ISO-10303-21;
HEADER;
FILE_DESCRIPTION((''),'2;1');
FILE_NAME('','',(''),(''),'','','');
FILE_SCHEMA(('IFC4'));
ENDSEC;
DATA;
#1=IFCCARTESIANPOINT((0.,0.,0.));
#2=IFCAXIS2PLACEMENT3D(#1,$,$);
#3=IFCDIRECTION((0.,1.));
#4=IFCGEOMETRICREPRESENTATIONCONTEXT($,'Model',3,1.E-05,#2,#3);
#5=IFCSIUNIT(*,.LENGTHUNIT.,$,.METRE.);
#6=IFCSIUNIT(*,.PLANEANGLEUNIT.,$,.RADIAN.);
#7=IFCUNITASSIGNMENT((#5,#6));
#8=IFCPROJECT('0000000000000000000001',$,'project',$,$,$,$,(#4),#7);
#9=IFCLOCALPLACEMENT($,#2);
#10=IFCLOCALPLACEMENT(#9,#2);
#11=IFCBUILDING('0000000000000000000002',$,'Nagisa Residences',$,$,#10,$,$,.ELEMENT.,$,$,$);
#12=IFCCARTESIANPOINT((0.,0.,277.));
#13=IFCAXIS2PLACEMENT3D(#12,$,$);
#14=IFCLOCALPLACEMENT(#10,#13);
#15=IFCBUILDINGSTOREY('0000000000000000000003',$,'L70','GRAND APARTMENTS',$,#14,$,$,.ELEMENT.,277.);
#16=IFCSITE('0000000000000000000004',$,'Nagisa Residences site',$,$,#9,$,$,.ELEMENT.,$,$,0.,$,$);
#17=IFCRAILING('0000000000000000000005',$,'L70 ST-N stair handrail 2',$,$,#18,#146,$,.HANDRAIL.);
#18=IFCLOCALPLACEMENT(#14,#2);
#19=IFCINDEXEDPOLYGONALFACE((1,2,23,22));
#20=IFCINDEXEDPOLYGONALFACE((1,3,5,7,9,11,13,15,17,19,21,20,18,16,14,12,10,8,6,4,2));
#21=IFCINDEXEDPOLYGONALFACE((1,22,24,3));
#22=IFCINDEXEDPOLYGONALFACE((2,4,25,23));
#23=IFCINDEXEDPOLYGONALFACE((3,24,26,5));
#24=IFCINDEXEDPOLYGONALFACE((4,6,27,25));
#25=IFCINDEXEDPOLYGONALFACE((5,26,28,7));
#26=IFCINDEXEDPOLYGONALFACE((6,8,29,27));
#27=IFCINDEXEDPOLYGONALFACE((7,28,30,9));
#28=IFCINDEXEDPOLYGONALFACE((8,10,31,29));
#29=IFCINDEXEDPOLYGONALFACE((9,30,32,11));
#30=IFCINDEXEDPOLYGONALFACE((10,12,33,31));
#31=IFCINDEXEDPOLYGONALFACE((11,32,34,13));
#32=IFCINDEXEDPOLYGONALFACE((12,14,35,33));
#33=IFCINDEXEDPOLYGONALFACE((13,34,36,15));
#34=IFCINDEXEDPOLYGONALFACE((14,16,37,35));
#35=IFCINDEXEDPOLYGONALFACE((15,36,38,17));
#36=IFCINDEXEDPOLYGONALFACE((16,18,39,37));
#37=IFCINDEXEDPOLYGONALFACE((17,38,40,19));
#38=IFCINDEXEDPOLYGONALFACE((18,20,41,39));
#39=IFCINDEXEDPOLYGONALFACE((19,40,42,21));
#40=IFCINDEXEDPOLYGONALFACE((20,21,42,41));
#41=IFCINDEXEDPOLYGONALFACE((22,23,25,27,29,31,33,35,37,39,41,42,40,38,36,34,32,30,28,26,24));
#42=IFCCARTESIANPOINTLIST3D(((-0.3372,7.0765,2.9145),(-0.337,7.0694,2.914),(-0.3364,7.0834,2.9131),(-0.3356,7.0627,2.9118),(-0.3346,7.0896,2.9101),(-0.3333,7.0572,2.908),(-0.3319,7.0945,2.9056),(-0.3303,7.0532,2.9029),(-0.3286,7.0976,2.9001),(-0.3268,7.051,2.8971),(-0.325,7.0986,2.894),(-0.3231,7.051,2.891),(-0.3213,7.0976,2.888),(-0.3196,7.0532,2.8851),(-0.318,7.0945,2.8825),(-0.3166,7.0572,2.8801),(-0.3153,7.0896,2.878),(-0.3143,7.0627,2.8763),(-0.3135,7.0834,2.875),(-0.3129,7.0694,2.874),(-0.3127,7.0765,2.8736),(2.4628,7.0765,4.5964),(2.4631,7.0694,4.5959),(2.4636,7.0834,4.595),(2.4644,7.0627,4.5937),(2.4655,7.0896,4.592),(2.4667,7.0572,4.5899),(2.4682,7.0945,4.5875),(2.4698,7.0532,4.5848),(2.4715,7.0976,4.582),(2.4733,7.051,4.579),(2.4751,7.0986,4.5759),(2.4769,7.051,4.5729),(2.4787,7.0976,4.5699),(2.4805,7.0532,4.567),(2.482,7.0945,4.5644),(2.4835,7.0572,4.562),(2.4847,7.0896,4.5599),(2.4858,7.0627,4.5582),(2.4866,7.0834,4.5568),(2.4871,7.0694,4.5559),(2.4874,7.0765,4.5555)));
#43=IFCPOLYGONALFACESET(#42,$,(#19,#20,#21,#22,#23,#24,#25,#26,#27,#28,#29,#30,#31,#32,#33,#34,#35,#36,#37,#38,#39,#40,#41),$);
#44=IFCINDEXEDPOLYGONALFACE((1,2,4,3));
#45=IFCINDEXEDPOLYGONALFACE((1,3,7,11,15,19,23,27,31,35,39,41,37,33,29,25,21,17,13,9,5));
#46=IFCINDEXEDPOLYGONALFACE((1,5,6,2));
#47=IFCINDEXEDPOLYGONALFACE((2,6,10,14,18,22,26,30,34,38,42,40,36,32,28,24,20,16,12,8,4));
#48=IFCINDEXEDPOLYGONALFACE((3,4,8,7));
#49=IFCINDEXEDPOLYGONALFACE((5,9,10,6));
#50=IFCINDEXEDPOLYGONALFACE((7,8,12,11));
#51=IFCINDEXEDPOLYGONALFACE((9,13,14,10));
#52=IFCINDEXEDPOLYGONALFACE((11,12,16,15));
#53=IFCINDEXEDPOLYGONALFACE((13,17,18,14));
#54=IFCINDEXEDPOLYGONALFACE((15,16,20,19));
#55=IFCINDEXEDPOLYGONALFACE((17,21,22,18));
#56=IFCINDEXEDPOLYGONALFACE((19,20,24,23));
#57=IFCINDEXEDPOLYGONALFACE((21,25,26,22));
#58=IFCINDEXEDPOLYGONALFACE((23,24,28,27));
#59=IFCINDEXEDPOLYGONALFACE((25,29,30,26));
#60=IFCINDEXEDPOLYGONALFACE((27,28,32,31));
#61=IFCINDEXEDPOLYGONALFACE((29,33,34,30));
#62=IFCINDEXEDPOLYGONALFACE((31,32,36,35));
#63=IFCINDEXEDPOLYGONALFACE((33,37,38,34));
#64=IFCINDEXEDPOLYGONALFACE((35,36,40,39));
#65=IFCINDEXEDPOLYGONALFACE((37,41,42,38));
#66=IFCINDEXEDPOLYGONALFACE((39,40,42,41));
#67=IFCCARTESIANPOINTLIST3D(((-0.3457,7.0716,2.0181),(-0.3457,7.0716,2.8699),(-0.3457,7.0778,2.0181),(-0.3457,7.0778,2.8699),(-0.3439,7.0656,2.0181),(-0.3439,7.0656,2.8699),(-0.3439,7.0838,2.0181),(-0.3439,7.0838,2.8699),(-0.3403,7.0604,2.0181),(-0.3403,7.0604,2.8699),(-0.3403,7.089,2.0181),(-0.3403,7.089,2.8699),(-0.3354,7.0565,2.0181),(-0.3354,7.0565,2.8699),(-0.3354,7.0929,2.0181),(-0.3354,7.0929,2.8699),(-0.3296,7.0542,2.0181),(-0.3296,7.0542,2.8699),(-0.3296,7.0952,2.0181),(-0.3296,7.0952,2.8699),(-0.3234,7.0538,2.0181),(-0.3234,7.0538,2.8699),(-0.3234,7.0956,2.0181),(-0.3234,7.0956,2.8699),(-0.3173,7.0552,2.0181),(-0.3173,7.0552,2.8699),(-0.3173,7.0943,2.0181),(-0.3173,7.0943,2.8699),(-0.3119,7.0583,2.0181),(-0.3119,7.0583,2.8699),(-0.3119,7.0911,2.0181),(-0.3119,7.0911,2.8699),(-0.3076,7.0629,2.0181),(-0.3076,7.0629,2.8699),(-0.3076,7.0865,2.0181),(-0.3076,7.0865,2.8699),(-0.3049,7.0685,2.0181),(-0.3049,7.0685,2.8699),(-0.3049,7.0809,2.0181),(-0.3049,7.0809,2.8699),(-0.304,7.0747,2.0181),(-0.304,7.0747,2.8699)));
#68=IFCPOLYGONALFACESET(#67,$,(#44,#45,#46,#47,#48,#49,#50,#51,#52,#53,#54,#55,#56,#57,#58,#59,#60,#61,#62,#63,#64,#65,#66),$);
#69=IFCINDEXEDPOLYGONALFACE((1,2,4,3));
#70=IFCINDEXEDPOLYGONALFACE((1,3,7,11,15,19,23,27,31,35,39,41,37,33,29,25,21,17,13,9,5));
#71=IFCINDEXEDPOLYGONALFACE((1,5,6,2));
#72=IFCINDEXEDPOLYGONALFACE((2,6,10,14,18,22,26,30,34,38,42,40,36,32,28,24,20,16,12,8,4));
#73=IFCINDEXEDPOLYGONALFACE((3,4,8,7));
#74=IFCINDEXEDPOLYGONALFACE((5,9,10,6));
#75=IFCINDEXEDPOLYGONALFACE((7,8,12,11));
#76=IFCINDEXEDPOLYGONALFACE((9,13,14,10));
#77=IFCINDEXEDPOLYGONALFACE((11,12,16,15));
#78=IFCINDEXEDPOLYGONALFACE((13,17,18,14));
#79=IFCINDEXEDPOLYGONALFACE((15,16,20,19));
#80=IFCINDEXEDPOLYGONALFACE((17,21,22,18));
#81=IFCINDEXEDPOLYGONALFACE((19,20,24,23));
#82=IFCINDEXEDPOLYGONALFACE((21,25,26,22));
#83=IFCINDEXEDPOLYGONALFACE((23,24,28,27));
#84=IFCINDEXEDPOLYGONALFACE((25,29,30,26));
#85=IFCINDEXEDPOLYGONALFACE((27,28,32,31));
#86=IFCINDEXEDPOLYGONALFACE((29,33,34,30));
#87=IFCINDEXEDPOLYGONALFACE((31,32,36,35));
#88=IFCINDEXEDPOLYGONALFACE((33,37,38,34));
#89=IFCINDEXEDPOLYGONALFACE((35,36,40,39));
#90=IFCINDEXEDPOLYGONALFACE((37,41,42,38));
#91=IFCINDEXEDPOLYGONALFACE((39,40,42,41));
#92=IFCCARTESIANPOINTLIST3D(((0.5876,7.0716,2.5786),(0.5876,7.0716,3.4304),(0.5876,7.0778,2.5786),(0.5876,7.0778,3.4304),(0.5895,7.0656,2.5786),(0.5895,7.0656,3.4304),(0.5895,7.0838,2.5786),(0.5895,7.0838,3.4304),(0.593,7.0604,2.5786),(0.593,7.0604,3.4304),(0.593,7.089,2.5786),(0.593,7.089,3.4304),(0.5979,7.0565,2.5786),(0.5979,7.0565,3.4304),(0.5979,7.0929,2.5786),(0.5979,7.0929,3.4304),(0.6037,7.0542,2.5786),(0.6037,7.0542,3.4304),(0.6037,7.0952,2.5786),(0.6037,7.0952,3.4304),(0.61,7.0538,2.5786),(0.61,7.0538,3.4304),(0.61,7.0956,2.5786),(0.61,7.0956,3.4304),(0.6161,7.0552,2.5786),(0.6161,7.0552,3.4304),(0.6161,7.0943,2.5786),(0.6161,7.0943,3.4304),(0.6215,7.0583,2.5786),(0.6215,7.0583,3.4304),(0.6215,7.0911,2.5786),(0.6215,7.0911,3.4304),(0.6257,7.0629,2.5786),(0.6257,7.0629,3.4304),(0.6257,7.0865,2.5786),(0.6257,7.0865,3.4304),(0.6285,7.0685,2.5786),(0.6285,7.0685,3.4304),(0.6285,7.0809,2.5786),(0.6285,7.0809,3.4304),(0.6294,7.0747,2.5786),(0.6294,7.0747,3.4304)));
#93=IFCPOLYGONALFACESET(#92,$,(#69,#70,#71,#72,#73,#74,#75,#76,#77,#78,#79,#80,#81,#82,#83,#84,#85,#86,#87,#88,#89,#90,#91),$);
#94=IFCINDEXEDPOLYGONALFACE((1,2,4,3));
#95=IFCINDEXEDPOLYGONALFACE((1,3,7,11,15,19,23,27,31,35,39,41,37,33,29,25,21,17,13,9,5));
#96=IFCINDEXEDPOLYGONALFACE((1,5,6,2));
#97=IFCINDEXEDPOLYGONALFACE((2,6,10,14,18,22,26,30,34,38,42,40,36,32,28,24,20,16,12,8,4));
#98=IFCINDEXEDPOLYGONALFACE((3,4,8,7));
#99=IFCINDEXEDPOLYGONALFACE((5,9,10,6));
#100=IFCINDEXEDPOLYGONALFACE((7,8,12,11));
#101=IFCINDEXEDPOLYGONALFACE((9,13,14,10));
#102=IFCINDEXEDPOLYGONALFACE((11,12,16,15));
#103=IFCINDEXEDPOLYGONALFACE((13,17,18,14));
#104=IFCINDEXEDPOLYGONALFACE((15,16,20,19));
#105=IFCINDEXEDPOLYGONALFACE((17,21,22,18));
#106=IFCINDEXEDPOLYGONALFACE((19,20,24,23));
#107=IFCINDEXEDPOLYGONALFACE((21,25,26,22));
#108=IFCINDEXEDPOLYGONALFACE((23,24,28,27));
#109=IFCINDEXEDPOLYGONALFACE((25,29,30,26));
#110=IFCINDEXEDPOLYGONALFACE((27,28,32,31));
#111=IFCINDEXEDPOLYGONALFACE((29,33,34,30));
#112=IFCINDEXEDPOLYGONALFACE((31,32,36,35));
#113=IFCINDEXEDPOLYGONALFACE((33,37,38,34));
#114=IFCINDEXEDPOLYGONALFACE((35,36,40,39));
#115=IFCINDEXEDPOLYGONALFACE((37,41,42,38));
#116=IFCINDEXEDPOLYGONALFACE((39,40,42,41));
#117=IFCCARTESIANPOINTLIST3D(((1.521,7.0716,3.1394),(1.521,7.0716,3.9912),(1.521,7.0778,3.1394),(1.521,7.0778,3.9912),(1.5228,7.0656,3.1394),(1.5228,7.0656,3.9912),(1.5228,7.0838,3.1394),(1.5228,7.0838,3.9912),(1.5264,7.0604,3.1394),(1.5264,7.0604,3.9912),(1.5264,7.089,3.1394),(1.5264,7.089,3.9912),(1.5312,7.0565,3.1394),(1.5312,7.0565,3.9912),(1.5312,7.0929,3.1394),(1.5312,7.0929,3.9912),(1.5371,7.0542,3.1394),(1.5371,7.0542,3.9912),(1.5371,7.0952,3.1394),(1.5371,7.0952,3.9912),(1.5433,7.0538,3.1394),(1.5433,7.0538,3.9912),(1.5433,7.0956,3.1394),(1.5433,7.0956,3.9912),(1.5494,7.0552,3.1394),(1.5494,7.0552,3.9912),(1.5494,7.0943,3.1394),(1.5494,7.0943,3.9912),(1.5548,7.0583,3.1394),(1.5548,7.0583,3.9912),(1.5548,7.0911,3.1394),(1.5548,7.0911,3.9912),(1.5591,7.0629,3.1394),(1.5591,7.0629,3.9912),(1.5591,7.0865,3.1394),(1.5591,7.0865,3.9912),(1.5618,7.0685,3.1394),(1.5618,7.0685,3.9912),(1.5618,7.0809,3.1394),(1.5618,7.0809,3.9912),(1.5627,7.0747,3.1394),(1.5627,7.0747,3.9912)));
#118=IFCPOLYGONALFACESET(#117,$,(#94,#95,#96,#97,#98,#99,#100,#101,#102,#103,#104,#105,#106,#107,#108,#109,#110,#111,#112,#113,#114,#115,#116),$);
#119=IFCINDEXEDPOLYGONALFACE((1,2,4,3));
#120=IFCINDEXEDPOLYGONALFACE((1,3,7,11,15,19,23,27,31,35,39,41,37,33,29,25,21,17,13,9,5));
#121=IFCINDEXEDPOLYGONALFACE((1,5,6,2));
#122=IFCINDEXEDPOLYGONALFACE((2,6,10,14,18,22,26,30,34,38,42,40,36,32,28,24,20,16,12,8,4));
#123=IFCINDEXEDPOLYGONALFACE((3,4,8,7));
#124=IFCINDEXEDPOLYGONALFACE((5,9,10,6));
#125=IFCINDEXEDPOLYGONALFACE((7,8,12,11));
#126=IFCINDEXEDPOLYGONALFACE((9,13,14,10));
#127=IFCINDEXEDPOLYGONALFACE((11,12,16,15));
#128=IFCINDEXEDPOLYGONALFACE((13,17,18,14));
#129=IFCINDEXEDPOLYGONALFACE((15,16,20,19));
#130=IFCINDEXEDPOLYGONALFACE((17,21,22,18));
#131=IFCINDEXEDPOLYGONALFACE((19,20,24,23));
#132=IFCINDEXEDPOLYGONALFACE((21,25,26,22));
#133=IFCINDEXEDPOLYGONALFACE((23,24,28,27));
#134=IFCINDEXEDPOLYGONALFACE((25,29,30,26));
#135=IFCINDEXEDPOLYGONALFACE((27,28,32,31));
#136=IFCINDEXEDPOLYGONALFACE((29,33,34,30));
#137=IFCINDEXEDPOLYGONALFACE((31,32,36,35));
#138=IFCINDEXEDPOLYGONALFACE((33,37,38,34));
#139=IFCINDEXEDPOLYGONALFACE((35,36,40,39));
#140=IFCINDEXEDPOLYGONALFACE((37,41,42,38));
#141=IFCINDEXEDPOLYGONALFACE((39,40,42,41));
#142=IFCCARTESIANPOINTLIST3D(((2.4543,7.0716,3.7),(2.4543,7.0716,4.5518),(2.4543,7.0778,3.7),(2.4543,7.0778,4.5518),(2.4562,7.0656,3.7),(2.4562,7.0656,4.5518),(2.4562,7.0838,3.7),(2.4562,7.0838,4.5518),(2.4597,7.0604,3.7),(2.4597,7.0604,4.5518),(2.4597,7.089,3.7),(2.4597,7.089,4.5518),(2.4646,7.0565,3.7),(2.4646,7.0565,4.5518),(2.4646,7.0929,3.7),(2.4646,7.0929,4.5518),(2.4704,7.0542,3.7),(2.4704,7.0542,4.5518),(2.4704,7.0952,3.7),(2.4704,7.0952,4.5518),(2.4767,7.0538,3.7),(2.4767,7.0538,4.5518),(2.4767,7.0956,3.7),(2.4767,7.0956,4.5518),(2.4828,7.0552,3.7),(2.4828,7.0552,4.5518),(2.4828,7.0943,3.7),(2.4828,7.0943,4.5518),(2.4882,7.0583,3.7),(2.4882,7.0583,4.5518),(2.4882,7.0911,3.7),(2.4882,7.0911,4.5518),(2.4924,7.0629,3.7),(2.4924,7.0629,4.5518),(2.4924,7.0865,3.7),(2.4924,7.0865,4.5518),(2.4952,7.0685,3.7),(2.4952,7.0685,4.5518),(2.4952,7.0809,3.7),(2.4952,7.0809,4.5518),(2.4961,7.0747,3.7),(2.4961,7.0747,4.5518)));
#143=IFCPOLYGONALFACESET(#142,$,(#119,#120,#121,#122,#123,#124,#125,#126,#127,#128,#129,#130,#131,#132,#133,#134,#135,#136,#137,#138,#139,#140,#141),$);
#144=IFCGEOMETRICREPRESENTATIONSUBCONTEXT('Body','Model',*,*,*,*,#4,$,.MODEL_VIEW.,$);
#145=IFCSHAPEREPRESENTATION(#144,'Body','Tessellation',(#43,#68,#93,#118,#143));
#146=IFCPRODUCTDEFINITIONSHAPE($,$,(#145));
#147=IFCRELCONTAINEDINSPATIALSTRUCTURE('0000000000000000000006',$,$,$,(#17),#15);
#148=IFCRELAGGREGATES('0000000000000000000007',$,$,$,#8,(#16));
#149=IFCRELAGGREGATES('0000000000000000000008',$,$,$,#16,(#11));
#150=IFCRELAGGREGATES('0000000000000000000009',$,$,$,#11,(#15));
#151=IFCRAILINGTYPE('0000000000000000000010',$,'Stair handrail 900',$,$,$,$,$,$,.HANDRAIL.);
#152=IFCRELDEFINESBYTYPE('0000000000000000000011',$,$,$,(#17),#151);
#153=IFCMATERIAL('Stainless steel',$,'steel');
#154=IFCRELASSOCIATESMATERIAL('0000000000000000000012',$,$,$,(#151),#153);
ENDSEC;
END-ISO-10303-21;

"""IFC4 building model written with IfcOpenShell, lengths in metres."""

from ifc_helpers import new_model, si_unit, direction, frame, origin, origin_2d, place, context, subcontext, project, spatial, circle, extrude, material, type_object, element, save


model = new_model("IFC4")

# Units and contexts
model_context = context("Model", 3, precision=1e-05, world=origin(), true_north=direction((0.0, 1.0)))
body_context = subcontext(model_context, "Body", "Model", "MODEL_VIEW")
ifc_project = project(units=[si_unit("LENGTHUNIT", "METRE"), si_unit("PLANEANGLEUNIT", "RADIAN")], contexts=[model_context])

# Site, building, storey
site_placement = place(None, origin())
site = spatial("IfcSite", under=ifc_project, at=site_placement, Name="Nagisa Residences site", CompositionType="ELEMENT", RefElevation=0.0)
building_placement = place(site_placement, origin())
building = spatial("IfcBuilding", under=site, at=building_placement, Name="Nagisa Residences", CompositionType="ELEMENT")
storey_placement = place(building_placement, frame((0.0, 0.0, 277.0)))
storey = spatial("IfcBuildingStorey", under=building, at=storey_placement, Name="L70", Description="GRAND APARTMENTS", CompositionType="ELEMENT", Elevation=277.0)

# Railing
ifc_material_1 = material(Name="Stainless steel", Category="steel")
railing_type = type_object("IfcRailingType", Name="Stair handrail 900", PredefinedType="HANDRAIL", material=ifc_material_1)
railing_placement = place(storey_placement, frame((-0.325, 7.0747, 2.0181)))
element("IfcRailing", 1, at=railing_placement, inside=storey, type_object=railing_type, Name="L70 ST-N stair handrail 2", PredefinedType="HANDRAIL", context=body_context, shape_type="SweptSolid", body=[
    extrude(circle(Radius=0.0239, at=origin_2d()), frame((0.0, 0.0, 0.876), z_axis=(0.857242, 0.0, 0.514913), x_axis=(0.0, 1.0, 0.0)), (0.0, 0.0, 1.0), 3.2664),
    extrude(circle(Radius=0.021, at=origin_2d()), origin(), (0.0, 0.0, 1.0), 0.8518),
    extrude(circle(Radius=0.021, at=origin_2d()), frame((0.9333, 0.0, 0.5605)), (0.0, 0.0, 1.0), 0.8518),
    extrude(circle(Radius=0.021, at=origin_2d()), frame((1.8667, 0.0, 1.1213)), (0.0, 0.0, 1.0), 0.8518),
    extrude(circle(Radius=0.021, at=origin_2d()), frame((2.8, 0.0, 1.6819)), (0.0, 0.0, 1.0), 0.8518),
])

save(model, "model.ifc")
